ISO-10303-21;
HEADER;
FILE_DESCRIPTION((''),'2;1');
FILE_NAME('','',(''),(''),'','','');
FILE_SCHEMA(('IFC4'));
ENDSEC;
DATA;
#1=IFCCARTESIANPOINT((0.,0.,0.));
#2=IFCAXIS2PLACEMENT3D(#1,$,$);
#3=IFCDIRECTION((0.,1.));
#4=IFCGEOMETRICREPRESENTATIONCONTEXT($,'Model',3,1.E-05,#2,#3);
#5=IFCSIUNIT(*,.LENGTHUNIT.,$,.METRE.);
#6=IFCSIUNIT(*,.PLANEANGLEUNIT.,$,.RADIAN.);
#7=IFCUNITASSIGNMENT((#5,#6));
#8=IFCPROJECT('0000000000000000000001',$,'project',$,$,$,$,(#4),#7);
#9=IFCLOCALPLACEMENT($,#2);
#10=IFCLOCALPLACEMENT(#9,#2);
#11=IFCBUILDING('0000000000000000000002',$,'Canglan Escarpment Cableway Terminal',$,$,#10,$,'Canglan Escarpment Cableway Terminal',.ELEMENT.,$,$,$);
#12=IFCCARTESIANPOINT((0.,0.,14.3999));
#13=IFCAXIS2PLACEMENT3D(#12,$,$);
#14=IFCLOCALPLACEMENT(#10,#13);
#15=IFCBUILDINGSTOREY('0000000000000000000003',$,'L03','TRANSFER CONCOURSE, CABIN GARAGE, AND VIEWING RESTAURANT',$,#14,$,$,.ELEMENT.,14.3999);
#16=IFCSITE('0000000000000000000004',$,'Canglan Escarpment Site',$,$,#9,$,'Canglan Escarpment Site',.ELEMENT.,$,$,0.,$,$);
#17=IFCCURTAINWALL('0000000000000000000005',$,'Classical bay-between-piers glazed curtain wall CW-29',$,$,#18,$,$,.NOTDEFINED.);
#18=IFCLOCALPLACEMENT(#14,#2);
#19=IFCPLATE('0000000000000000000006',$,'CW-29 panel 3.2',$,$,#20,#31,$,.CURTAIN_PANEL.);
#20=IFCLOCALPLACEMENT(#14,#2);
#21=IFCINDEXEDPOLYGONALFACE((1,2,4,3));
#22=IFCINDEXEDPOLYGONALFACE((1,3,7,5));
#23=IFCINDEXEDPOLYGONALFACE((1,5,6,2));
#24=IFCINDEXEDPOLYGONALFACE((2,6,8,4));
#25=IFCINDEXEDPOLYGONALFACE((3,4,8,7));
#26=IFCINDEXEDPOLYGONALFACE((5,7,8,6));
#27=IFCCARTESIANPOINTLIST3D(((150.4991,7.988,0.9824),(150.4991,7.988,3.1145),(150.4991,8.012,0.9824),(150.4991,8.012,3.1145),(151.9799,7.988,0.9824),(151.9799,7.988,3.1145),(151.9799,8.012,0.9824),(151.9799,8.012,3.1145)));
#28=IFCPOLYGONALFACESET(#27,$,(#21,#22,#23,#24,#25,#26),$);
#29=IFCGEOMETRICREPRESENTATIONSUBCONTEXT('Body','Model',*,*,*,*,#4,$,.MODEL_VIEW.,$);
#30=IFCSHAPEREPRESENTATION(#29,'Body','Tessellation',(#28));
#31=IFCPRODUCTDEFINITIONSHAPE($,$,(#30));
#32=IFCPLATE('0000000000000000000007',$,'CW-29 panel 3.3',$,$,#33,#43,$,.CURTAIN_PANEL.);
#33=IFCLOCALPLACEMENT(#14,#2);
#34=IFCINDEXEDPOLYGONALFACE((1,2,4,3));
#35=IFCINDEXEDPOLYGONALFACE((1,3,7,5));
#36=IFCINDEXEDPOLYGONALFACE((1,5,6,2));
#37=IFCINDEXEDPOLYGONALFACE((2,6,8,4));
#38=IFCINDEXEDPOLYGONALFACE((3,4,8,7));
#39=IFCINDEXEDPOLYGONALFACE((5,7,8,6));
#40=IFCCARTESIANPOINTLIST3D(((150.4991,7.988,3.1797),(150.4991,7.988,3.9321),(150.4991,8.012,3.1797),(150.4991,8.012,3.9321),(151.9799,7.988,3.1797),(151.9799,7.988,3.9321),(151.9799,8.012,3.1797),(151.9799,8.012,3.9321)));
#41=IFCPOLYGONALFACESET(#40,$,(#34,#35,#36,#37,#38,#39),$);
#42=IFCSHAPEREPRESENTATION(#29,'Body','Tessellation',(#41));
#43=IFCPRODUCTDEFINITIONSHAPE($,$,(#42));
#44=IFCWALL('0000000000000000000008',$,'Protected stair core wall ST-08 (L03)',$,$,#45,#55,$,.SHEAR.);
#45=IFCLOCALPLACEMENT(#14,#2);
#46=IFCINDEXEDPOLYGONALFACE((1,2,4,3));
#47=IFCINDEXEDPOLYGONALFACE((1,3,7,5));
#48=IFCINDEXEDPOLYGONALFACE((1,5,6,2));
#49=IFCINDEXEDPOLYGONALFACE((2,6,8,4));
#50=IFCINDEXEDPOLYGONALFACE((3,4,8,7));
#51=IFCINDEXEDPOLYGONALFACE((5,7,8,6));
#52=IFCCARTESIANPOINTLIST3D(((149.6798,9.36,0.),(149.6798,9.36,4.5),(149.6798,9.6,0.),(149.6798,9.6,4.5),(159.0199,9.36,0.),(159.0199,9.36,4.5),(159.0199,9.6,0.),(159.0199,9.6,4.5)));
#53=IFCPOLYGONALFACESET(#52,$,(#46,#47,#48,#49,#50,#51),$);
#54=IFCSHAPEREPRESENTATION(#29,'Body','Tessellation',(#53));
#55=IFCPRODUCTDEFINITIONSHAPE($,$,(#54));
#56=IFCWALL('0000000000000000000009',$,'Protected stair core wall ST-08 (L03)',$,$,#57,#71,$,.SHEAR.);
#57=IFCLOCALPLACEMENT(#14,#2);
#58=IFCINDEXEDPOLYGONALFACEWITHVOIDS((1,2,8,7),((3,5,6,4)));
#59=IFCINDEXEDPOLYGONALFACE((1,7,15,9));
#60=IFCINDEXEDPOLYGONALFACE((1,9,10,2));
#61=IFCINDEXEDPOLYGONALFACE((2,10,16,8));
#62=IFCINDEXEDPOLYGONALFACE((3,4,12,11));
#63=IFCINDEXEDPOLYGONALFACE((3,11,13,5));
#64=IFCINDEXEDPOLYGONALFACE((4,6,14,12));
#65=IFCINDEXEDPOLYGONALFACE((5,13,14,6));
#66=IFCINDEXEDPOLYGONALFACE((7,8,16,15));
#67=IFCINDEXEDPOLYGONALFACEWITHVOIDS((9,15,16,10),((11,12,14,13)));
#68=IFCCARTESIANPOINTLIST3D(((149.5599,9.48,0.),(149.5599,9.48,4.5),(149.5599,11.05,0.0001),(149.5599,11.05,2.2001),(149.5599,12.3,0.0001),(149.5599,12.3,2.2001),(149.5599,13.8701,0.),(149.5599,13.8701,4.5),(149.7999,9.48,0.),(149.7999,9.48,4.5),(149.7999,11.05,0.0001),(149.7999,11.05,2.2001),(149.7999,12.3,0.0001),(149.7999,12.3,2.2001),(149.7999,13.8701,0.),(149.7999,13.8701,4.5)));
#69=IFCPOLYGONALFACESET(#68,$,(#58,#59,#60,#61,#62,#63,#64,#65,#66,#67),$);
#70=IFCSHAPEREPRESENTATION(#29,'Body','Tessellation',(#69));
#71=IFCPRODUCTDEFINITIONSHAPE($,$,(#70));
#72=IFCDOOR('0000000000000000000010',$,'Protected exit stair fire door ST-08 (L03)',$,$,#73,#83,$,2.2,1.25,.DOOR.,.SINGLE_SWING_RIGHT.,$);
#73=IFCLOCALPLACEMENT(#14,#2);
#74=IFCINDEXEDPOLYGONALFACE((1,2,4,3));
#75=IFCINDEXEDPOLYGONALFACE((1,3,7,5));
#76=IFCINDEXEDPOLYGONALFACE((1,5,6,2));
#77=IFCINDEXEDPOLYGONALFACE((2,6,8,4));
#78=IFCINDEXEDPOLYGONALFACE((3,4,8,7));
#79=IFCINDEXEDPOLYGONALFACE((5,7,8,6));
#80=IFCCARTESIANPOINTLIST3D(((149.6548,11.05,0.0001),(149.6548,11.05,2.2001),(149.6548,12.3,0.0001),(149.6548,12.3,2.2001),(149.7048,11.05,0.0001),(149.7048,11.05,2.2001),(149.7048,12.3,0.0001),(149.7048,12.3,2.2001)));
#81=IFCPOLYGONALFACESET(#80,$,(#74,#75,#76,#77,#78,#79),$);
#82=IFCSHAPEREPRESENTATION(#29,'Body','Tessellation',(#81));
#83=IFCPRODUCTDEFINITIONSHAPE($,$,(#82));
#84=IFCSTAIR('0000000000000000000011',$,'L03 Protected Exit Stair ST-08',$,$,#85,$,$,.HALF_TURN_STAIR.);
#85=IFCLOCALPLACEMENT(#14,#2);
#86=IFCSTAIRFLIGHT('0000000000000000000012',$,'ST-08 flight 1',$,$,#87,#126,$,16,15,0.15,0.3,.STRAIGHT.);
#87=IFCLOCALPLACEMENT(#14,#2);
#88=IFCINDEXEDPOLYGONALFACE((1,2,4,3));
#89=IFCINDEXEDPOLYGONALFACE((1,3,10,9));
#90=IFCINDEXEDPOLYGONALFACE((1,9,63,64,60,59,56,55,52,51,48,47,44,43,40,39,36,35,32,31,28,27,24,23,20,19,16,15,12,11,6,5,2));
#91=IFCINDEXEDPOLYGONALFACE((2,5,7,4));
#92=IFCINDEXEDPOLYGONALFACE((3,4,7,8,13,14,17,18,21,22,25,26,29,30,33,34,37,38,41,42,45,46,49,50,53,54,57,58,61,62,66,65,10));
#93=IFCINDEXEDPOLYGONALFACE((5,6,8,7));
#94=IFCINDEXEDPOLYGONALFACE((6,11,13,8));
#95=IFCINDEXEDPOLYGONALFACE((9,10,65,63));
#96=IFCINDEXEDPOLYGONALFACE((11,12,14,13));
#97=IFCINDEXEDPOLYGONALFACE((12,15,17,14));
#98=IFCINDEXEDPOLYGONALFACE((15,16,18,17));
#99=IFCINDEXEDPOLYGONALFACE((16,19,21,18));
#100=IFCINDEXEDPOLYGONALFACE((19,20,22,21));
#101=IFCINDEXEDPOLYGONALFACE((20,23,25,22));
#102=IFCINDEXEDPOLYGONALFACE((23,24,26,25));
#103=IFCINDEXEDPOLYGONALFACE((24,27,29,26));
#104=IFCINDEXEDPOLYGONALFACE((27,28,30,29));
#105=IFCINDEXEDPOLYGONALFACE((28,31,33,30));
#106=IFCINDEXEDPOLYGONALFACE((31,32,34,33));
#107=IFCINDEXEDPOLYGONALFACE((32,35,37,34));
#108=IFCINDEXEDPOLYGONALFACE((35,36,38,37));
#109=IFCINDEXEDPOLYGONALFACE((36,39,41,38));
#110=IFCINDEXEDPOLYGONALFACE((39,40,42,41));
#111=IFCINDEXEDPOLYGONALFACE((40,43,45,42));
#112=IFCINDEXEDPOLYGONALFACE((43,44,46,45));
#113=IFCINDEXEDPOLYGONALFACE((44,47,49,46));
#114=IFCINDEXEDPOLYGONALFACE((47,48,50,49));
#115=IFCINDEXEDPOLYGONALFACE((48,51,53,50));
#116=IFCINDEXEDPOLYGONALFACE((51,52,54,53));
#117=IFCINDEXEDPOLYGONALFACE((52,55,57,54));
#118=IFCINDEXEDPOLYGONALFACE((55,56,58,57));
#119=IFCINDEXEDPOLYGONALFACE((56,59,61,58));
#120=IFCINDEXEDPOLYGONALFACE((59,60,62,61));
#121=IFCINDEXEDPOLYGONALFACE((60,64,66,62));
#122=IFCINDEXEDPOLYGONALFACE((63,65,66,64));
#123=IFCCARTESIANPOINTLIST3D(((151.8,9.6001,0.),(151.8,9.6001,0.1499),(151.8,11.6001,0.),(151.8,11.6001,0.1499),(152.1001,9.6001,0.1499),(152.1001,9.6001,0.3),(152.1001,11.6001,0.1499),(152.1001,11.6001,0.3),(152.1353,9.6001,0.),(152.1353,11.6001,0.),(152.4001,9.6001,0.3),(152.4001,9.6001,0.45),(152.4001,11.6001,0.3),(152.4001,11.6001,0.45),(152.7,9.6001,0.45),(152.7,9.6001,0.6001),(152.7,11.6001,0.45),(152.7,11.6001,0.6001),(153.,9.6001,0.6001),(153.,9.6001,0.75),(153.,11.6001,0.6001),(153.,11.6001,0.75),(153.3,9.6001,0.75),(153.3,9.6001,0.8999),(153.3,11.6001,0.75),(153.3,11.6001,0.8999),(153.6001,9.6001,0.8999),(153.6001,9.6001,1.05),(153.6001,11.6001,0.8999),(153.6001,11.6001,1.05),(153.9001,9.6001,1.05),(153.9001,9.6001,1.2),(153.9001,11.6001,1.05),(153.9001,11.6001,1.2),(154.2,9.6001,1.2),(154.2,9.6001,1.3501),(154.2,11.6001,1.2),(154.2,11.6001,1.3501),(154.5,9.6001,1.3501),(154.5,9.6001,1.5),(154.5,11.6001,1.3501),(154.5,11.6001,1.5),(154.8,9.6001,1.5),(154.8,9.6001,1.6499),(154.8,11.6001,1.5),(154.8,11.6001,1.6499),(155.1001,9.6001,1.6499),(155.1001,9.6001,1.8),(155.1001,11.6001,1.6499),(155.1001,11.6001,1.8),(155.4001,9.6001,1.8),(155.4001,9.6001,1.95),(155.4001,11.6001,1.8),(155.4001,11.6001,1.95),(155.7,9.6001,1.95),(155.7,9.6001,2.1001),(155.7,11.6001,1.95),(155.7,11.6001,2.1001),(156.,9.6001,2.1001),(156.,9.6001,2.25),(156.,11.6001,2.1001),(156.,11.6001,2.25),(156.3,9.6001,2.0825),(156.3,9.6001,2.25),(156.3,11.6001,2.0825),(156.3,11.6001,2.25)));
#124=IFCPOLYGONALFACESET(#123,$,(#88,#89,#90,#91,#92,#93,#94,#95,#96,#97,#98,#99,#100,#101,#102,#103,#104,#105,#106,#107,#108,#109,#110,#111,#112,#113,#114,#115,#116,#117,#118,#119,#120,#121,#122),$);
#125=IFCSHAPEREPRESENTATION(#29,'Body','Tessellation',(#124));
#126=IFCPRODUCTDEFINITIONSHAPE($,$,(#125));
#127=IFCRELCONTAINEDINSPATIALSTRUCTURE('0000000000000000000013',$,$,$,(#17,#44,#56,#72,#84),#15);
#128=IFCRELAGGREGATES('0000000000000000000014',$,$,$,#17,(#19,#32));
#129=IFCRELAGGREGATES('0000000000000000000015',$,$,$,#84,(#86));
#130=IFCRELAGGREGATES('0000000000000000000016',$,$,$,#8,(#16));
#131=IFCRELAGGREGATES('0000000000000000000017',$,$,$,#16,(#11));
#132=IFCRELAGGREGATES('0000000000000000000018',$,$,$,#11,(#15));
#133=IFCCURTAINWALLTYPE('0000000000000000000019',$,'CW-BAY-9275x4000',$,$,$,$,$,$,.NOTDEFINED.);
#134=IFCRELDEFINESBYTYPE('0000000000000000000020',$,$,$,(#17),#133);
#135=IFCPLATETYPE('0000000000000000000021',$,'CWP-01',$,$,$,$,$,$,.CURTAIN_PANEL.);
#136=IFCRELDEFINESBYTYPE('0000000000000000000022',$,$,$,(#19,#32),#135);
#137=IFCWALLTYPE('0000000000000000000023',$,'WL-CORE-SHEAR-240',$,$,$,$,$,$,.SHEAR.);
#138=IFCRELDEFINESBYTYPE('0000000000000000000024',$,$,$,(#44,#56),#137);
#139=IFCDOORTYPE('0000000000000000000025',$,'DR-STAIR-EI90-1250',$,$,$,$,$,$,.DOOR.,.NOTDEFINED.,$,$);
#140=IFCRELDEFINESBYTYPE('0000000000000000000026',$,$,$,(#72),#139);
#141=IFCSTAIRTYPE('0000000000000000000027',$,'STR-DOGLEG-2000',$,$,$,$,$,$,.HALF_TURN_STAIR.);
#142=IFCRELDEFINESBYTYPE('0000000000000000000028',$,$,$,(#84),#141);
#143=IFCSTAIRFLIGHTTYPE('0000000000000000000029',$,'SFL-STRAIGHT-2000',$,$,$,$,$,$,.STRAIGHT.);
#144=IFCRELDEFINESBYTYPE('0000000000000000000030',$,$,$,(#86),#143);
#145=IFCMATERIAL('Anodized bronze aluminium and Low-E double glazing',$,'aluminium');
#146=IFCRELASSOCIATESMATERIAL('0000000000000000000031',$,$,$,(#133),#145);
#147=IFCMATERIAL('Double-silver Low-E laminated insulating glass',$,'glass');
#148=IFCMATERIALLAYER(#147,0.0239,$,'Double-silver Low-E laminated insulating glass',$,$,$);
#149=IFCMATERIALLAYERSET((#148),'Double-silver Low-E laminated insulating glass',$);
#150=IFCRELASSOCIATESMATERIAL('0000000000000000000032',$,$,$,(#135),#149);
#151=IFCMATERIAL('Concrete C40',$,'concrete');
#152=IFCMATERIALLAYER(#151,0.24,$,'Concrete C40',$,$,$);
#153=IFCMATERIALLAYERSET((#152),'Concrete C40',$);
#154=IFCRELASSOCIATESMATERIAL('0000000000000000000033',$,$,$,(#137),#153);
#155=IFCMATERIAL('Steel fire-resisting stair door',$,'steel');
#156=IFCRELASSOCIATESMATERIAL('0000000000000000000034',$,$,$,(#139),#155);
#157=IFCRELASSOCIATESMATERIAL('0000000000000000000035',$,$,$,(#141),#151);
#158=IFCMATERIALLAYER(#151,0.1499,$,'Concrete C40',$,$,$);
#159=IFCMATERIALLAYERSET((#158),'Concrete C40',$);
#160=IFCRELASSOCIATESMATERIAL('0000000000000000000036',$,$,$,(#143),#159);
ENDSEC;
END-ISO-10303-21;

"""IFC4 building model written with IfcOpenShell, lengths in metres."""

from ifc_helpers import new_model, si_unit, direction, frame, frame_2d, origin, origin_2d, place, context, subcontext, project, spatial, polyline, rectangle, outline, extrude, material, layer, layer_set, type_object, element, fill, aggregate, save


model = new_model("IFC4")

# Units and contexts
model_context = context("Model", 3, precision=1e-05, world=origin(), true_north=direction((0.0, 1.0)))
body_context = subcontext(model_context, "Body", "Model", "MODEL_VIEW")
ifc_project = project(units=[si_unit("LENGTHUNIT", "METRE"), si_unit("PLANEANGLEUNIT", "RADIAN")], contexts=[model_context])

# Site, building, storey
site_placement = place(None, origin())
site = spatial("IfcSite", under=ifc_project, at=site_placement, Name="Canglan Escarpment Site", LongName="Canglan Escarpment Site", CompositionType="ELEMENT", RefElevation=0.0)
building_placement = place(site_placement, origin())
building = spatial("IfcBuilding", under=site, at=building_placement, Name="Canglan Escarpment Cableway Terminal", LongName="Canglan Escarpment Cableway Terminal", CompositionType="ELEMENT")
storey_placement = place(building_placement, frame((0.0, 0.0, 14.3999)))
storey = spatial("IfcBuildingStorey", under=building, at=storey_placement, Name="L03", Description="TRANSFER CONCOURSE, CABIN GARAGE, AND VIEWING RESTAURANT", CompositionType="ELEMENT", Elevation=14.3999)

# Curtain wall, plates
ifc_material_1 = material(Name="Anodized bronze aluminium and Low-E double glazing", Category="aluminium")
curtain_wall_type = type_object("IfcCurtainWallType", Name="CW-BAY-9275x4000", PredefinedType="NOTDEFINED", material=ifc_material_1)
curtain_wall_placement = place(storey_placement, origin())
curtain_wall = element("IfcCurtainWall", 1, at=curtain_wall_placement, inside=storey, type_object=curtain_wall_type, Name="Classical bay-between-piers glazed curtain wall CW-29", PredefinedType="NOTDEFINED")
ifc_material_2 = material(Name="Double-silver Low-E laminated insulating glass", Category="glass")
ifc_layer_1 = layer(ifc_material_2, 0.0239, Name="Double-silver Low-E laminated insulating glass")
ifc_layer_set_1 = layer_set([ifc_layer_1], Name="Double-silver Low-E laminated insulating glass")
plate_type = type_object("IfcPlateType", Name="CWP-01", PredefinedType="CURTAIN_PANEL", material=ifc_layer_set_1)
plate_1_placement = place(storey_placement, frame((151.2395, 8.0, 0.9824), z_axis=(0.0, 0.0, 1.0), x_axis=(1.0, 0.0, 0.0)))
plate_1 = element("IfcPlate", 2, at=plate_1_placement, type_object=plate_type, Name="CW-29 panel 3.2", PredefinedType="CURTAIN_PANEL", context=body_context, shape_type="SweptSolid", body=[
    extrude(rectangle(XDim=1.4807, YDim=0.0239, at=origin_2d()), origin(), (0.0, 0.0, 1.0), 2.1321),
])
plate_2_placement = place(storey_placement, frame((151.2395, 8.0, 3.1797), z_axis=(0.0, 0.0, 1.0), x_axis=(1.0, 0.0, 0.0)))
plate_2 = element("IfcPlate", 3, at=plate_2_placement, type_object=plate_type, Name="CW-29 panel 3.3", PredefinedType="CURTAIN_PANEL", context=body_context, shape_type="SweptSolid", body=[
    extrude(rectangle(XDim=1.4807, YDim=0.0239, at=origin_2d()), origin(), (0.0, 0.0, 1.0), 0.7524),
])
aggregate(curtain_wall, [plate_1, plate_2])

# Wall
ifc_material_3 = material(Name="Concrete C40", Category="concrete")
ifc_layer_2 = layer(ifc_material_3, 0.24, Name="Concrete C40")
ifc_layer_set_2 = layer_set([ifc_layer_2], Name="Concrete C40")
wall_type = type_object("IfcWallType", Name="WL-CORE-SHEAR-240", PredefinedType="SHEAR", material=ifc_layer_set_2)
wall_1_placement = place(storey_placement, frame((149.6799, 9.48, 0.0), z_axis=(0.0, 0.0, 1.0), x_axis=(1.0, 0.0, 0.0)))
element("IfcWall", 4, at=wall_1_placement, inside=storey, type_object=wall_type, Name="Protected stair core wall ST-08 (L03)", PredefinedType="SHEAR", context=body_context, shape_type="SweptSolid", body=[
    extrude(rectangle(XDim=9.3401, YDim=0.24, at=frame_2d((4.6699, 0.0))), origin(), (0.0, 0.0, 1.0), 4.5),
])

# Wall, opening, door
wall_2_placement = place(storey_placement, frame((149.6799, 13.8701, 0.0), z_axis=(0.0, 0.0, 1.0), x_axis=(0.0, -1.0, 0.0)))
wall_2 = element("IfcWall", 5, at=wall_2_placement, inside=storey, type_object=wall_type, Name="Protected stair core wall ST-08 (L03)", PredefinedType="SHEAR", context=body_context, shape_type="SweptSolid", body=[
    extrude(rectangle(XDim=4.3901, YDim=0.24, at=frame_2d((2.1951, 0.0))), origin(), (0.0, 0.0, 1.0), 4.5),
])
opening_placement = place(wall_2_placement, frame((1.5701, 0.0, 0.0)))
opening = element("IfcOpeningElement", 6, at=opening_placement, cuts=wall_2, PredefinedType="OPENING", context=body_context, shape_type="SweptSolid", body=[
    extrude(rectangle(XDim=1.25, YDim=2.2, at=frame_2d((0.625, 1.1001))), frame((0.0, 0.1299, 0.0), z_axis=(0.0, -1.0, 0.0), x_axis=(1.0, 0.0, 0.0)), (0.0, 0.0, 1.0), 0.26),
])
ifc_material_4 = material(Name="Steel fire-resisting stair door", Category="steel")
door_type = type_object("IfcDoorType", Name="DR-STAIR-EI90-1250", OperationType="NOTDEFINED", PredefinedType="DOOR", material=ifc_material_4)
door_placement = place(opening_placement, origin())
door = element("IfcDoor", 7, at=door_placement, inside=storey, type_object=door_type, Name="Protected exit stair fire door ST-08 (L03)", OperationType="SINGLE_SWING_RIGHT", OverallHeight=2.2, OverallWidth=1.25, PredefinedType="DOOR", context=body_context, shape_type="SweptSolid", body=[
    extrude(rectangle(XDim=1.25, YDim=2.2, at=frame_2d((0.625, 1.1001))), frame((0.0, 0.0249, 0.0), z_axis=(0.0, -1.0, 0.0), x_axis=(1.0, 0.0, 0.0)), (0.0, 0.0, 1.0), 0.05),
])
fill(opening, door)

# Stair, stair flight
stair_type = type_object("IfcStairType", Name="STR-DOGLEG-2000", PredefinedType="HALF_TURN_STAIR", material=ifc_material_3)
stair_placement = place(storey_placement, origin())
stair = element("IfcStair", 8, at=stair_placement, inside=storey, type_object=stair_type, Name="L03 Protected Exit Stair ST-08", PredefinedType="HALF_TURN_STAIR")
ifc_layer_3 = layer(ifc_material_3, 0.1499, Name="Concrete C40")
ifc_layer_set_3 = layer_set([ifc_layer_3], Name="Concrete C40")
stair_flight_type = type_object("IfcStairFlightType", Name="SFL-STRAIGHT-2000", PredefinedType="STRAIGHT", material=ifc_layer_set_3)
stair_flight_placement = place(storey_placement, frame((151.8, 10.6001, 0.0), z_axis=(0.0, 0.0, 1.0), x_axis=(1.0, 0.0, 0.0)))
stair_flight = element("IfcStairFlight", 9, at=stair_flight_placement, type_object=stair_flight_type, Name="ST-08 flight 1", NumberOfRisers=16, NumberOfTreads=15, PredefinedType="STRAIGHT", RiserHeight=0.15, TreadLength=0.3, context=body_context, shape_type="SweptSolid", body=[
    extrude(outline(polyline([(0.0, 0.0), (0.0, 0.1499), (0.3, 0.1499), (0.3, 0.3), (0.6001, 0.3), (0.6001, 0.45), (0.8999, 0.45), (0.8999, 0.6001), (1.2, 0.6001), (1.2, 0.75), (1.5, 0.75), (1.5, 0.8999), (1.8, 0.8999), (1.8, 1.05), (2.1001, 1.05), (2.1001, 1.2), (2.3999, 1.2), (2.3999, 1.3501), (2.7, 1.3501), (2.7, 1.5), (3.0, 1.5), (3.0, 1.6499), (3.3, 1.6499), (3.3, 1.8), (3.6001, 1.8), (3.6001, 1.95), (3.8999, 1.95), (3.8999, 2.1001), (4.2, 2.1001), (4.2, 2.25), (4.5, 2.25), (4.5, 2.3999), (4.5, 2.0825), (0.3352, 0.0), (0.0, 0.0)])), frame((0.0, 1.0, 0.0), z_axis=(0.0, -1.0, 0.0), x_axis=(1.0, 0.0, 0.0)), (0.0, 0.0, 1.0), 2.0),
])
aggregate(stair, [stair_flight])

save(model, "model.ifc")
